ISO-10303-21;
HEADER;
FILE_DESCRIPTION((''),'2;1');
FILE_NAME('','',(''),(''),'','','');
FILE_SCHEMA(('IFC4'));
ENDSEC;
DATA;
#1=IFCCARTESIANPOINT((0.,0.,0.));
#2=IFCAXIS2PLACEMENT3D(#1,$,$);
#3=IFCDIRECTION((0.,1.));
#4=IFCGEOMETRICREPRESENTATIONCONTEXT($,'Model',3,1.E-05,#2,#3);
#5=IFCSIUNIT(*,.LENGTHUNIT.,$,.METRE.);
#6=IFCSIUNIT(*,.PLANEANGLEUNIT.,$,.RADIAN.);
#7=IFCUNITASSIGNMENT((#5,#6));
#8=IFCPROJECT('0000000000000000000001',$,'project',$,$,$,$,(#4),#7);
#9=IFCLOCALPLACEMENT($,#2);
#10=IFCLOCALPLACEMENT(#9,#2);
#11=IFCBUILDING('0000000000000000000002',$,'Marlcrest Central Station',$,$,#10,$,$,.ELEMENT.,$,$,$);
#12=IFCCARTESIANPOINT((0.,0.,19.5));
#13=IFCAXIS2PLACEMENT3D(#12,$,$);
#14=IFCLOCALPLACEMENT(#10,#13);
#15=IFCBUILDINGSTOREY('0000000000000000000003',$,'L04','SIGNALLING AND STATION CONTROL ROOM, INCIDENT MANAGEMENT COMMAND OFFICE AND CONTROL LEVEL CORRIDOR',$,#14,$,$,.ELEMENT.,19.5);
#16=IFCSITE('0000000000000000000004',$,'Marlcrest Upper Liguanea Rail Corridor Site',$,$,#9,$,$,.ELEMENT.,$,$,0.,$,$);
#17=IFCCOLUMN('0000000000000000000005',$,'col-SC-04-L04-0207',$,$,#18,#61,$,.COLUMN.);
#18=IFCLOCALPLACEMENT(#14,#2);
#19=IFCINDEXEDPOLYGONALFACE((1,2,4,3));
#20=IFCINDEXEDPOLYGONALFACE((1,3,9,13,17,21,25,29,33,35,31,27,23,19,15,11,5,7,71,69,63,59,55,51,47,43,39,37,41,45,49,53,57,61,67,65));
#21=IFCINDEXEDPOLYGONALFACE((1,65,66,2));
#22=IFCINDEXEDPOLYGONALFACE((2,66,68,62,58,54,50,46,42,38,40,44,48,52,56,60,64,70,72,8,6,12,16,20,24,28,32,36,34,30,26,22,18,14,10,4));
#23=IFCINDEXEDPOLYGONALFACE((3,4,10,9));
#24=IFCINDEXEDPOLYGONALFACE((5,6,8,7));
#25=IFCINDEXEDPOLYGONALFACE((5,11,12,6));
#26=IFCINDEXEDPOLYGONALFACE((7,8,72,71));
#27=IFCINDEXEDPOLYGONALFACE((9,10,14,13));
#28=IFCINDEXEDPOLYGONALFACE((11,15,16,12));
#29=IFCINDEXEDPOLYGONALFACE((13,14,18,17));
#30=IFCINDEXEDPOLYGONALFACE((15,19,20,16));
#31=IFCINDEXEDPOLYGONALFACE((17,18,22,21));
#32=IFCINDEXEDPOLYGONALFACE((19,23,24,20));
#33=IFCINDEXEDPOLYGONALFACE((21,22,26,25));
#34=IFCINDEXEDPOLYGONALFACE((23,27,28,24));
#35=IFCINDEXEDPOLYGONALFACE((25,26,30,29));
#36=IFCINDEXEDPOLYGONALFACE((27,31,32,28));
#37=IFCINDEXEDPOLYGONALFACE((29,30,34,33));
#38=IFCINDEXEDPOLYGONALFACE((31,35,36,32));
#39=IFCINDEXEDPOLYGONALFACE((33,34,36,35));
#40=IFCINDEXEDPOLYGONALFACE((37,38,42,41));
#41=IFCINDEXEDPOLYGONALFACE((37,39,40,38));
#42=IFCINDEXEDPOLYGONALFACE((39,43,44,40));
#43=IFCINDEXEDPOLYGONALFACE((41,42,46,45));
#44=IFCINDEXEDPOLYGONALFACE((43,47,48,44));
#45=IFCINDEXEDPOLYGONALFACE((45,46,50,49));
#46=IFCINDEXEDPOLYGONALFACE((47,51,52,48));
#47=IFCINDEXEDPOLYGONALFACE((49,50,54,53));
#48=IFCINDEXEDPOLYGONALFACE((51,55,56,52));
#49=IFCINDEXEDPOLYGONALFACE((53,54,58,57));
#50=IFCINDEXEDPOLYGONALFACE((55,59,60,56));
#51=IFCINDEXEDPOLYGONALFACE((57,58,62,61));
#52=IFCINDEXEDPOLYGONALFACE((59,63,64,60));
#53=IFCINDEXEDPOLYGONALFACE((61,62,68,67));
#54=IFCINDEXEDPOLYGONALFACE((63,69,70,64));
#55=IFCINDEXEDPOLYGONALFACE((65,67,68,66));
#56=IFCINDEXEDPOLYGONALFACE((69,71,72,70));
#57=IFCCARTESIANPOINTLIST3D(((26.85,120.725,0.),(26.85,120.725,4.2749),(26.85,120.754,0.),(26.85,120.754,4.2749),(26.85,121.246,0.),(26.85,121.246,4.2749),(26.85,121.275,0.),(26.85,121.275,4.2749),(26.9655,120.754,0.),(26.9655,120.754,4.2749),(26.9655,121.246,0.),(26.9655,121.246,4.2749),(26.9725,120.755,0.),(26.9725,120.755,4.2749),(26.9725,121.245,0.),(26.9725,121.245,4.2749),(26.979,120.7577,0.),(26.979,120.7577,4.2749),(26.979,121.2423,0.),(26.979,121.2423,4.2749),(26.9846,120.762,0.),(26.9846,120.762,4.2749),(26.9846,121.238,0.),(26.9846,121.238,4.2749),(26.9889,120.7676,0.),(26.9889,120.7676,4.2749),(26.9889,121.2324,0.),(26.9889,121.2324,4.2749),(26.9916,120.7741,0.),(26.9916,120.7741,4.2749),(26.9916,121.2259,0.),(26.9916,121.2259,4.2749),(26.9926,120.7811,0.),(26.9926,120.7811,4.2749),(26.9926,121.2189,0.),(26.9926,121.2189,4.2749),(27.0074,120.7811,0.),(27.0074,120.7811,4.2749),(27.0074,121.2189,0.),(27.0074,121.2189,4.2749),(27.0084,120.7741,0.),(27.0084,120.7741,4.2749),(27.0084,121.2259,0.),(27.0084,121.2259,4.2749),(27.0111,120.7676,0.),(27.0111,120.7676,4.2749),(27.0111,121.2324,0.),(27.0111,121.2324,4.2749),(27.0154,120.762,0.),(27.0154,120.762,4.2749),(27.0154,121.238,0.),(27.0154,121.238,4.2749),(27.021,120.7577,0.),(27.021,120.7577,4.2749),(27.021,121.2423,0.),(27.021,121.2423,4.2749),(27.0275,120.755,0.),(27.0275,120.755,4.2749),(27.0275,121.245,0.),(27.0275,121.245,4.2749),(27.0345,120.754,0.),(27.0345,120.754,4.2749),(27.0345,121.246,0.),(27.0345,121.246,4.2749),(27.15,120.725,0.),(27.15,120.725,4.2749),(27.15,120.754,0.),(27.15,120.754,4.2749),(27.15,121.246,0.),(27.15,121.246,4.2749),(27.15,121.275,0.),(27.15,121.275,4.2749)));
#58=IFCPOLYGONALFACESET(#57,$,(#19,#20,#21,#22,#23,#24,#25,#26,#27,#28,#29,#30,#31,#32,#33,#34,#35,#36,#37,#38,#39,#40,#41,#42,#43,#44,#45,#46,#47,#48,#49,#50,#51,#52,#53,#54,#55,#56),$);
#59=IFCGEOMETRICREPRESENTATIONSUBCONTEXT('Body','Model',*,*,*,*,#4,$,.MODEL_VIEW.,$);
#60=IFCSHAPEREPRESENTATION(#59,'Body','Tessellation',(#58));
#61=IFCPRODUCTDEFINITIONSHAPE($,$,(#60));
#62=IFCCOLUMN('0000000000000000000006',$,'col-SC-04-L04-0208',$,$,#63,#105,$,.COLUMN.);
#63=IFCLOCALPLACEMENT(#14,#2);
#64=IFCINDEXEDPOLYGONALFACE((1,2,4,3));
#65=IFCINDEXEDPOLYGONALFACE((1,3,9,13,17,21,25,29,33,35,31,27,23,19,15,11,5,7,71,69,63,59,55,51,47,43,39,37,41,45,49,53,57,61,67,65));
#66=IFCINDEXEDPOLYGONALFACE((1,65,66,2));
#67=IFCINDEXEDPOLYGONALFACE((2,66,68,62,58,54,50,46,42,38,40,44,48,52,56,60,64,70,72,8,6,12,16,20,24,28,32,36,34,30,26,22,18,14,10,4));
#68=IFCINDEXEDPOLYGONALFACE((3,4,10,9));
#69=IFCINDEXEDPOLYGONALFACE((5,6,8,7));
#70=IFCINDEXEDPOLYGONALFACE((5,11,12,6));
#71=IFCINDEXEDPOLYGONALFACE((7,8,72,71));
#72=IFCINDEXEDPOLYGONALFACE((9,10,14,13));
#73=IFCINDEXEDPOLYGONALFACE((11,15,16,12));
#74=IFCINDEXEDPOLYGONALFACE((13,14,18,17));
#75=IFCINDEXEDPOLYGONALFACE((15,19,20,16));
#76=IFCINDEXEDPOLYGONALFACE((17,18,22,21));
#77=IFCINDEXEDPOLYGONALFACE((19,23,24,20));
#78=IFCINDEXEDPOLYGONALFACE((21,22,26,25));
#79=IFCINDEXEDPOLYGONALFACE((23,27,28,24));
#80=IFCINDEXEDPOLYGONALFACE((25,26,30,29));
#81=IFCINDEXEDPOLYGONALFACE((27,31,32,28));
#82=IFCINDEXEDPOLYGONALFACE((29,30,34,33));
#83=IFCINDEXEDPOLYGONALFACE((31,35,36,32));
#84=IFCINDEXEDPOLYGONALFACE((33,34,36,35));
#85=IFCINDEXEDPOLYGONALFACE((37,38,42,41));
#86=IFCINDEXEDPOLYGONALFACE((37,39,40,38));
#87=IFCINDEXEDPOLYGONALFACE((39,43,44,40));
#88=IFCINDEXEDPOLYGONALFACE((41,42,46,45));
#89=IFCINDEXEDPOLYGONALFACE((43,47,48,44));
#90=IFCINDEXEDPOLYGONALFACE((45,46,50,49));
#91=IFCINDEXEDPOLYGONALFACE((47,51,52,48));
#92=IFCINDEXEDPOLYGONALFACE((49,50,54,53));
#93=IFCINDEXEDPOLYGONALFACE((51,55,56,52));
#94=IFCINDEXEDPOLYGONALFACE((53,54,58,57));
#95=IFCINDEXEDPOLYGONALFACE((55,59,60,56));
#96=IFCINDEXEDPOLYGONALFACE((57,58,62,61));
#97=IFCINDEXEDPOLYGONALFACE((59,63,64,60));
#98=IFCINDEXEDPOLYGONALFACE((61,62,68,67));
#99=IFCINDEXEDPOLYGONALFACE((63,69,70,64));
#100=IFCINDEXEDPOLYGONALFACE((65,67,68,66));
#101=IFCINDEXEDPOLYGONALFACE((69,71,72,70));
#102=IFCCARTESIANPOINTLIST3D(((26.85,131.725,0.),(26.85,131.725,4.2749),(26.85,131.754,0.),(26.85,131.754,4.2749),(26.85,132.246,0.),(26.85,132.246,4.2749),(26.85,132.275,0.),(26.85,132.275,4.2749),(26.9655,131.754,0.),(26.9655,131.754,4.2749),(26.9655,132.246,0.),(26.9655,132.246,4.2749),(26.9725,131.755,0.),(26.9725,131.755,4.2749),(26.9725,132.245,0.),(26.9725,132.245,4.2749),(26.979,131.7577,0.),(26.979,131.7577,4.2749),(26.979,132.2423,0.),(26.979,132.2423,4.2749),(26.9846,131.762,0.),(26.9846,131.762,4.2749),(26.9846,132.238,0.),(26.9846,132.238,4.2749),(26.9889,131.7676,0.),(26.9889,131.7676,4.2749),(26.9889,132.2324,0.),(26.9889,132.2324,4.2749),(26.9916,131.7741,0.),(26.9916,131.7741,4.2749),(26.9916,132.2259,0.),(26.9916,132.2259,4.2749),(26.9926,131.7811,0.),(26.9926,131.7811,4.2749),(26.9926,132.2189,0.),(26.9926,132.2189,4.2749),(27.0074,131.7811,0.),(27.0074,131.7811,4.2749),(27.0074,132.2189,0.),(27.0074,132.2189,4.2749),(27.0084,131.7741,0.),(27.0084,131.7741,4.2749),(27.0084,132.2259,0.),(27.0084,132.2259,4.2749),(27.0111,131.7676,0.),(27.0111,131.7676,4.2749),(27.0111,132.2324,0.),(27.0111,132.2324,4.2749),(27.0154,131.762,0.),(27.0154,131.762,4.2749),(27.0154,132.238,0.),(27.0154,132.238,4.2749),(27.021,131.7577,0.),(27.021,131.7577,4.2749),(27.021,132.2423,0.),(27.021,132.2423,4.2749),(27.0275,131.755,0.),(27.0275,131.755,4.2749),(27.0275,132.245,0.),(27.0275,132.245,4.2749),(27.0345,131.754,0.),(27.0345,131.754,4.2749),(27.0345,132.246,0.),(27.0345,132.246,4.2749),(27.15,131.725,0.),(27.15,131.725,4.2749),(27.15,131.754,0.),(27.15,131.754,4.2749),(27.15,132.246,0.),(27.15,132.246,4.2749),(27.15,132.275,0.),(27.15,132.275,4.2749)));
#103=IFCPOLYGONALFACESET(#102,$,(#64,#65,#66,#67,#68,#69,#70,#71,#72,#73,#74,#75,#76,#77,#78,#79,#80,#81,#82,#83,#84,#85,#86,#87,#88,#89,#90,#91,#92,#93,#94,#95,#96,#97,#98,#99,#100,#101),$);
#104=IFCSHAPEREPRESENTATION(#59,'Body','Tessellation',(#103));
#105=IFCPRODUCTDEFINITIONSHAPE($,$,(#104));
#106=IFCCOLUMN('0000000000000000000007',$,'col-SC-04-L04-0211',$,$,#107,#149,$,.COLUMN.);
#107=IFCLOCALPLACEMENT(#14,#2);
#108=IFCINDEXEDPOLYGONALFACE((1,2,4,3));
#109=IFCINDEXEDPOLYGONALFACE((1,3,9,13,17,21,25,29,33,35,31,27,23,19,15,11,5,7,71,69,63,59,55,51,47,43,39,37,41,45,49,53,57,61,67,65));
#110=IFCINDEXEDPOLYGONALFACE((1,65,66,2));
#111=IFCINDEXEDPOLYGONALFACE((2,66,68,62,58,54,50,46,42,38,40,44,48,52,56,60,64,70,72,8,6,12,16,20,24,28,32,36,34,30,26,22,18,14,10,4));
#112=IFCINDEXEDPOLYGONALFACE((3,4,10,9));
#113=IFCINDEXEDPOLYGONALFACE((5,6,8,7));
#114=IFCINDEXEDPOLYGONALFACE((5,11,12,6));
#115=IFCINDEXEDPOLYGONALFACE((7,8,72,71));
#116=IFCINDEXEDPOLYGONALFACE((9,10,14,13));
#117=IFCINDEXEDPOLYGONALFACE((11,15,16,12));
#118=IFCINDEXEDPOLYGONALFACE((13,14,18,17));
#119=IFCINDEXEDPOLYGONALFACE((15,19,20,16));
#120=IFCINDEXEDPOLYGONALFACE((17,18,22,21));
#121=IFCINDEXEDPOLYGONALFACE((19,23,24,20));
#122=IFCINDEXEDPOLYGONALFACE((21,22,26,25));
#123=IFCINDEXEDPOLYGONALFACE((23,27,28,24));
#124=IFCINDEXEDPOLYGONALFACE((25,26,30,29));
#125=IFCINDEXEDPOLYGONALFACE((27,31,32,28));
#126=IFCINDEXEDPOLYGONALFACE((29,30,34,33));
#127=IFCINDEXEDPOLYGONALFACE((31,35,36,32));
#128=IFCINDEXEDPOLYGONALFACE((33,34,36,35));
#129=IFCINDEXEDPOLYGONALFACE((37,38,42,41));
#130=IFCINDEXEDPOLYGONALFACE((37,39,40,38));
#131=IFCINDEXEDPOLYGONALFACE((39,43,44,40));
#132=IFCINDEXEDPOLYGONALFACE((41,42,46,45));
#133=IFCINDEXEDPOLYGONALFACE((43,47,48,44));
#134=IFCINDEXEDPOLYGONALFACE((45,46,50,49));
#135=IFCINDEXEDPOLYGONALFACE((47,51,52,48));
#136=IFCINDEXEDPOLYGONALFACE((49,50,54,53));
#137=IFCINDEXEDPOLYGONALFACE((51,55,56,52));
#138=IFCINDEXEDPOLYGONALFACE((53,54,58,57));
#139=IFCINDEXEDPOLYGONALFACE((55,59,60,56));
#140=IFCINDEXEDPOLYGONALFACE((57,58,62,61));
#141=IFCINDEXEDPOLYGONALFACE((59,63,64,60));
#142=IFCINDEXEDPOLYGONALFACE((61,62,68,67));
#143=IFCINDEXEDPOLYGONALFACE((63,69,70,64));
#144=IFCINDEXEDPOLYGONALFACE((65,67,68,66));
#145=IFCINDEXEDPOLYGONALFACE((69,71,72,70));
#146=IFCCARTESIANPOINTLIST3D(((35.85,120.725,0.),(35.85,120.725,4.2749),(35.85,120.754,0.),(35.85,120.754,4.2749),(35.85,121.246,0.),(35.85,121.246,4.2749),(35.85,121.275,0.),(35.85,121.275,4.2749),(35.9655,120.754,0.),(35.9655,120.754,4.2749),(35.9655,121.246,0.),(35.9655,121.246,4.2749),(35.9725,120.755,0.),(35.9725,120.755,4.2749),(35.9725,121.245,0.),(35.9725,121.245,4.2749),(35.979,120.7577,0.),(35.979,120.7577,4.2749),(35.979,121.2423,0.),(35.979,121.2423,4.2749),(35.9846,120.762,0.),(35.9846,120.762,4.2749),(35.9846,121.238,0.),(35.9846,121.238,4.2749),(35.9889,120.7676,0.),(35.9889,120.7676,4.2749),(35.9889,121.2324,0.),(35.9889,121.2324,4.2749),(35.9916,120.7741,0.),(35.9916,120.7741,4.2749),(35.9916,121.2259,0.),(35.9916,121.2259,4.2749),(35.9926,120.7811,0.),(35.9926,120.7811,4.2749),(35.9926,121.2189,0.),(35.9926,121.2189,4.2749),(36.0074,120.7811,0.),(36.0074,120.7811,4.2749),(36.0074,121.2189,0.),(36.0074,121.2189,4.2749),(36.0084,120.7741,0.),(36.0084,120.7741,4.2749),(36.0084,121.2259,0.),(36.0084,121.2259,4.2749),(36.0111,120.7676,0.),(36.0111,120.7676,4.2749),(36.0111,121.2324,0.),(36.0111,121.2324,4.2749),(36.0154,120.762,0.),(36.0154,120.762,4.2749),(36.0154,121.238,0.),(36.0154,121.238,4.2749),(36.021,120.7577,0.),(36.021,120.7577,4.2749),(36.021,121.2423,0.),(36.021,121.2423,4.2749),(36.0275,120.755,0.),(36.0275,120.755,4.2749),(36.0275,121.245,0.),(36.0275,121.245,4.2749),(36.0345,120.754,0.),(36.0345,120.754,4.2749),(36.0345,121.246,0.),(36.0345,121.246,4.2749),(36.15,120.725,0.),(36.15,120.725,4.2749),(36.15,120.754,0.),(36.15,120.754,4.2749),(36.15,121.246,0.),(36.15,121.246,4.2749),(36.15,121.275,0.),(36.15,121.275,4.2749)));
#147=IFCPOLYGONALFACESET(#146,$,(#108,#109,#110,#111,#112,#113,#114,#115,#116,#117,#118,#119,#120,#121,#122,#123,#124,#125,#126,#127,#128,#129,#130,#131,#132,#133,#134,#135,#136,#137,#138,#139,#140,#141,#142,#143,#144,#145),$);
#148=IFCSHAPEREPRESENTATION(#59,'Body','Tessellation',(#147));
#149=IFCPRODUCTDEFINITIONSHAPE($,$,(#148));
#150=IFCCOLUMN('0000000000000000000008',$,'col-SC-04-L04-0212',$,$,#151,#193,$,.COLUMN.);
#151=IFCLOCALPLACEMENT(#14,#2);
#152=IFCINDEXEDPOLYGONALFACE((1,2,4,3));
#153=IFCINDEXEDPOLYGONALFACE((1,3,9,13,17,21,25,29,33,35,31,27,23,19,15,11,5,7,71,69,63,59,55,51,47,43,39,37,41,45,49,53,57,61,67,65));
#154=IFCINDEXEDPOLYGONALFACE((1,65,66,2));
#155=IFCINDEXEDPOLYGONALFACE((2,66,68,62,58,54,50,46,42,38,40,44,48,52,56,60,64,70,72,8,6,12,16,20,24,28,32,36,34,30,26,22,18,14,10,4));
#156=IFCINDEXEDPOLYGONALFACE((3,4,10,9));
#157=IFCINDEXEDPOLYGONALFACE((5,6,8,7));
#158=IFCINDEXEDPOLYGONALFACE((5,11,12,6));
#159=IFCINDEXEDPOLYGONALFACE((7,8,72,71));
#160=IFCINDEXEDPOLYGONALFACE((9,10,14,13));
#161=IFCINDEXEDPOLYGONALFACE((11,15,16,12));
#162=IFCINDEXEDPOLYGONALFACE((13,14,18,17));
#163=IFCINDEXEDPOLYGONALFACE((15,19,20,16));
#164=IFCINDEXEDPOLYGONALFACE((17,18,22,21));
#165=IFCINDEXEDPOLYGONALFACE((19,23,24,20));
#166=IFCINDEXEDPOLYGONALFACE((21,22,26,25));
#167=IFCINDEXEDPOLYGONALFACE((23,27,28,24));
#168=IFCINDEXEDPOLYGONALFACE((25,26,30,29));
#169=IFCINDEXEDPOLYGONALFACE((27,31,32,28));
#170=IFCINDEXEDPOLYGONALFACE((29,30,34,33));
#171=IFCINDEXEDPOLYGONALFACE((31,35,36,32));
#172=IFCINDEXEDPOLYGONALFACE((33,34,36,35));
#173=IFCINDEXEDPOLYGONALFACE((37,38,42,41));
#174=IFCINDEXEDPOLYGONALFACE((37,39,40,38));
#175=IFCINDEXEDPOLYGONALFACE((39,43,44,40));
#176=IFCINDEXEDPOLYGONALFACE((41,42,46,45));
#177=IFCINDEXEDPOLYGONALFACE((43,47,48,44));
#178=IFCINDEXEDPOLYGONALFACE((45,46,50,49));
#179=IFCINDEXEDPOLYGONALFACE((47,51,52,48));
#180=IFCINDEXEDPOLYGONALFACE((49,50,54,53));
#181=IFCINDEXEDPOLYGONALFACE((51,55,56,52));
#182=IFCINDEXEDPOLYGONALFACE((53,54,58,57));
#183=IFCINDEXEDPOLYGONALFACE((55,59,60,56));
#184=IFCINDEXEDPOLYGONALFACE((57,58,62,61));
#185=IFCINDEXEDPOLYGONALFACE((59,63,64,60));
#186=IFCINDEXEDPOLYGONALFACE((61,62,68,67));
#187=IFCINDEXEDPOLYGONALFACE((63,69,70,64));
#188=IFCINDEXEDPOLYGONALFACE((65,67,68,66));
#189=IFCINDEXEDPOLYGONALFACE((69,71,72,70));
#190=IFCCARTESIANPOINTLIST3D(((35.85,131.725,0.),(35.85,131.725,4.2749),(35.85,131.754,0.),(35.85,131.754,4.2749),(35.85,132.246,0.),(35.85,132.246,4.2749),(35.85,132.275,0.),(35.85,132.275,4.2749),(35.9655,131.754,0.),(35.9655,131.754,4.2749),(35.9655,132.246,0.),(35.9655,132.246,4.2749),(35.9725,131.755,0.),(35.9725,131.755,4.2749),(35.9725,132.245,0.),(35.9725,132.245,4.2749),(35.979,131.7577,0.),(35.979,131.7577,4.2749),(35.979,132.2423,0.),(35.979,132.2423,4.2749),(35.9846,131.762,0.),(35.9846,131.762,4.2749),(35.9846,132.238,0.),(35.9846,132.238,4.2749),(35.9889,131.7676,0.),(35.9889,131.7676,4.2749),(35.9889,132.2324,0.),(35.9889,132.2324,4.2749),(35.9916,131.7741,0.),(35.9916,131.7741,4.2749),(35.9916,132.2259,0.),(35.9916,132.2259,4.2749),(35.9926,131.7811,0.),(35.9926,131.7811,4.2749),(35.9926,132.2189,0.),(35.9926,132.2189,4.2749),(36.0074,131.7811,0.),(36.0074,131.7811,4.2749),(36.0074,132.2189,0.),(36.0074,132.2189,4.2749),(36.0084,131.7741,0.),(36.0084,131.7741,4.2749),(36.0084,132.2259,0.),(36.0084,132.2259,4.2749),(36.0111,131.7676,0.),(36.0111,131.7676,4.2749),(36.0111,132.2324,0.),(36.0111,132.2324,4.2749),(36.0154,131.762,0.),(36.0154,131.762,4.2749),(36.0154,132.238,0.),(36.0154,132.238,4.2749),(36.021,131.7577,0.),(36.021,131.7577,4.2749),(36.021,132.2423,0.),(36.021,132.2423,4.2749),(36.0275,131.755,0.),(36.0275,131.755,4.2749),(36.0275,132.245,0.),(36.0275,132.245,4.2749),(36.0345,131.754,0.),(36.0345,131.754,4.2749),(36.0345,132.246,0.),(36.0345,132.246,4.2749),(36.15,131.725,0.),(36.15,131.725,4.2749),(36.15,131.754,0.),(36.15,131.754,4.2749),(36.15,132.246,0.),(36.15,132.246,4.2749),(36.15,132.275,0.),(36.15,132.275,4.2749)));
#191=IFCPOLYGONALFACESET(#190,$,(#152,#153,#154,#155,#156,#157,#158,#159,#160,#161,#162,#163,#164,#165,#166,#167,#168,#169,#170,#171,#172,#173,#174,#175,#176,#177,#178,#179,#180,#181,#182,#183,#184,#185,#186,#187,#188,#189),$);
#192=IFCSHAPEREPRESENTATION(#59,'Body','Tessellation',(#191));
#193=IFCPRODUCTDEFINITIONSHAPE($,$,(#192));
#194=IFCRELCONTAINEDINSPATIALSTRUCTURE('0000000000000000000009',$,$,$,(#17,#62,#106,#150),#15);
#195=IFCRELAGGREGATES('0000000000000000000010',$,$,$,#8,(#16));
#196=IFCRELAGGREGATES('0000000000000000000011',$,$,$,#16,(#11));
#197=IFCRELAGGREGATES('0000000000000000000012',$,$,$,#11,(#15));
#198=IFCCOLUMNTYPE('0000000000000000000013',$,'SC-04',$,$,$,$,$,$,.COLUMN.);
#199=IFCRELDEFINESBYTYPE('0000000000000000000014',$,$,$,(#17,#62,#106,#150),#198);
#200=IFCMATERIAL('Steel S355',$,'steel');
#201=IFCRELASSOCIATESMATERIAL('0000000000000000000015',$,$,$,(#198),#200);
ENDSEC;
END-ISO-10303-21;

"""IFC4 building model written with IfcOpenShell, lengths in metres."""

from ifc_helpers import new_model, si_unit, direction, frame, origin, origin_2d, place, context, subcontext, project, spatial, i_section, extrude, material, material_profile, profile_set, type_object, element, save


model = new_model("IFC4")

# Units and contexts
model_context = context("Model", 3, precision=1e-05, world=origin(), true_north=direction((0.0, 1.0)))
body_context = subcontext(model_context, "Body", "Model", "MODEL_VIEW")
ifc_project = project(units=[si_unit("LENGTHUNIT", "METRE"), si_unit("PLANEANGLEUNIT", "RADIAN")], contexts=[model_context])

# Site, building, storey
site_placement = place(None, origin())
site = spatial("IfcSite", under=ifc_project, at=site_placement, Name="Marlcrest Upper Liguanea Rail Corridor Site", CompositionType="ELEMENT", RefElevation=0.0)
building_placement = place(site_placement, origin())
building = spatial("IfcBuilding", under=site, at=building_placement, Name="Marlcrest Central Station", CompositionType="ELEMENT")
storey_placement = place(building_placement, frame((0.0, 0.0, 19.5)))
storey = spatial("IfcBuildingStorey", under=building, at=storey_placement, Name="L04", Description="SIGNALLING AND STATION CONTROL ROOM, INCIDENT MANAGEMENT COMMAND OFFICE AND CONTROL LEVEL CORRIDOR", CompositionType="ELEMENT", Elevation=19.5)

# Columns
ifc_material_1 = material(Name="Steel S355", Category="steel")
ifc_material_profile_1 = material_profile(ifc_material_1, i_section(OverallWidth=0.3, OverallDepth=0.55, WebThickness=0.0149, FlangeThickness=0.0291, FilletRadius=0.0271, at=origin_2d()), Name="HEB 550")
ifc_profile_set_1 = profile_set([ifc_material_profile_1], Name="Steel S355")
column_type = type_object("IfcColumnType", Name="SC-04", PredefinedType="COLUMN", material=ifc_profile_set_1)
for number, where, z_axis, x_axis, name in (
    (1, (27.0, 121.0, 0.0), (0.0, 0.0, 1.0), (1.0, 0.0, 0.0), "col-SC-04-L04-0207"),
    (2, (27.0, 132.0, 0.0), (0.0, 0.0, 1.0), (1.0, 0.0, 0.0), "col-SC-04-L04-0208"),
    (3, (36.0, 121.0, 0.0), (0.0, 0.0, 1.0), (1.0, 0.0, 0.0), "col-SC-04-L04-0211"),
    (4, (36.0, 132.0, 0.0), (0.0, 0.0, 1.0), (1.0, 0.0, 0.0), "col-SC-04-L04-0212"),
):
    element("IfcColumn", number, at=place(storey_placement, frame(where, z_axis=z_axis, x_axis=x_axis)), inside=storey, type_object=column_type, Name=name, PredefinedType="COLUMN", context=body_context, shape_type="SweptSolid", body=[
        extrude(i_section(OverallWidth=0.3, OverallDepth=0.55, WebThickness=0.0149, FlangeThickness=0.0291, FilletRadius=0.0271, at=origin_2d()), origin(), (0.0, 0.0, 1.0), 4.2749),
    ])

save(model, "model.ifc")
